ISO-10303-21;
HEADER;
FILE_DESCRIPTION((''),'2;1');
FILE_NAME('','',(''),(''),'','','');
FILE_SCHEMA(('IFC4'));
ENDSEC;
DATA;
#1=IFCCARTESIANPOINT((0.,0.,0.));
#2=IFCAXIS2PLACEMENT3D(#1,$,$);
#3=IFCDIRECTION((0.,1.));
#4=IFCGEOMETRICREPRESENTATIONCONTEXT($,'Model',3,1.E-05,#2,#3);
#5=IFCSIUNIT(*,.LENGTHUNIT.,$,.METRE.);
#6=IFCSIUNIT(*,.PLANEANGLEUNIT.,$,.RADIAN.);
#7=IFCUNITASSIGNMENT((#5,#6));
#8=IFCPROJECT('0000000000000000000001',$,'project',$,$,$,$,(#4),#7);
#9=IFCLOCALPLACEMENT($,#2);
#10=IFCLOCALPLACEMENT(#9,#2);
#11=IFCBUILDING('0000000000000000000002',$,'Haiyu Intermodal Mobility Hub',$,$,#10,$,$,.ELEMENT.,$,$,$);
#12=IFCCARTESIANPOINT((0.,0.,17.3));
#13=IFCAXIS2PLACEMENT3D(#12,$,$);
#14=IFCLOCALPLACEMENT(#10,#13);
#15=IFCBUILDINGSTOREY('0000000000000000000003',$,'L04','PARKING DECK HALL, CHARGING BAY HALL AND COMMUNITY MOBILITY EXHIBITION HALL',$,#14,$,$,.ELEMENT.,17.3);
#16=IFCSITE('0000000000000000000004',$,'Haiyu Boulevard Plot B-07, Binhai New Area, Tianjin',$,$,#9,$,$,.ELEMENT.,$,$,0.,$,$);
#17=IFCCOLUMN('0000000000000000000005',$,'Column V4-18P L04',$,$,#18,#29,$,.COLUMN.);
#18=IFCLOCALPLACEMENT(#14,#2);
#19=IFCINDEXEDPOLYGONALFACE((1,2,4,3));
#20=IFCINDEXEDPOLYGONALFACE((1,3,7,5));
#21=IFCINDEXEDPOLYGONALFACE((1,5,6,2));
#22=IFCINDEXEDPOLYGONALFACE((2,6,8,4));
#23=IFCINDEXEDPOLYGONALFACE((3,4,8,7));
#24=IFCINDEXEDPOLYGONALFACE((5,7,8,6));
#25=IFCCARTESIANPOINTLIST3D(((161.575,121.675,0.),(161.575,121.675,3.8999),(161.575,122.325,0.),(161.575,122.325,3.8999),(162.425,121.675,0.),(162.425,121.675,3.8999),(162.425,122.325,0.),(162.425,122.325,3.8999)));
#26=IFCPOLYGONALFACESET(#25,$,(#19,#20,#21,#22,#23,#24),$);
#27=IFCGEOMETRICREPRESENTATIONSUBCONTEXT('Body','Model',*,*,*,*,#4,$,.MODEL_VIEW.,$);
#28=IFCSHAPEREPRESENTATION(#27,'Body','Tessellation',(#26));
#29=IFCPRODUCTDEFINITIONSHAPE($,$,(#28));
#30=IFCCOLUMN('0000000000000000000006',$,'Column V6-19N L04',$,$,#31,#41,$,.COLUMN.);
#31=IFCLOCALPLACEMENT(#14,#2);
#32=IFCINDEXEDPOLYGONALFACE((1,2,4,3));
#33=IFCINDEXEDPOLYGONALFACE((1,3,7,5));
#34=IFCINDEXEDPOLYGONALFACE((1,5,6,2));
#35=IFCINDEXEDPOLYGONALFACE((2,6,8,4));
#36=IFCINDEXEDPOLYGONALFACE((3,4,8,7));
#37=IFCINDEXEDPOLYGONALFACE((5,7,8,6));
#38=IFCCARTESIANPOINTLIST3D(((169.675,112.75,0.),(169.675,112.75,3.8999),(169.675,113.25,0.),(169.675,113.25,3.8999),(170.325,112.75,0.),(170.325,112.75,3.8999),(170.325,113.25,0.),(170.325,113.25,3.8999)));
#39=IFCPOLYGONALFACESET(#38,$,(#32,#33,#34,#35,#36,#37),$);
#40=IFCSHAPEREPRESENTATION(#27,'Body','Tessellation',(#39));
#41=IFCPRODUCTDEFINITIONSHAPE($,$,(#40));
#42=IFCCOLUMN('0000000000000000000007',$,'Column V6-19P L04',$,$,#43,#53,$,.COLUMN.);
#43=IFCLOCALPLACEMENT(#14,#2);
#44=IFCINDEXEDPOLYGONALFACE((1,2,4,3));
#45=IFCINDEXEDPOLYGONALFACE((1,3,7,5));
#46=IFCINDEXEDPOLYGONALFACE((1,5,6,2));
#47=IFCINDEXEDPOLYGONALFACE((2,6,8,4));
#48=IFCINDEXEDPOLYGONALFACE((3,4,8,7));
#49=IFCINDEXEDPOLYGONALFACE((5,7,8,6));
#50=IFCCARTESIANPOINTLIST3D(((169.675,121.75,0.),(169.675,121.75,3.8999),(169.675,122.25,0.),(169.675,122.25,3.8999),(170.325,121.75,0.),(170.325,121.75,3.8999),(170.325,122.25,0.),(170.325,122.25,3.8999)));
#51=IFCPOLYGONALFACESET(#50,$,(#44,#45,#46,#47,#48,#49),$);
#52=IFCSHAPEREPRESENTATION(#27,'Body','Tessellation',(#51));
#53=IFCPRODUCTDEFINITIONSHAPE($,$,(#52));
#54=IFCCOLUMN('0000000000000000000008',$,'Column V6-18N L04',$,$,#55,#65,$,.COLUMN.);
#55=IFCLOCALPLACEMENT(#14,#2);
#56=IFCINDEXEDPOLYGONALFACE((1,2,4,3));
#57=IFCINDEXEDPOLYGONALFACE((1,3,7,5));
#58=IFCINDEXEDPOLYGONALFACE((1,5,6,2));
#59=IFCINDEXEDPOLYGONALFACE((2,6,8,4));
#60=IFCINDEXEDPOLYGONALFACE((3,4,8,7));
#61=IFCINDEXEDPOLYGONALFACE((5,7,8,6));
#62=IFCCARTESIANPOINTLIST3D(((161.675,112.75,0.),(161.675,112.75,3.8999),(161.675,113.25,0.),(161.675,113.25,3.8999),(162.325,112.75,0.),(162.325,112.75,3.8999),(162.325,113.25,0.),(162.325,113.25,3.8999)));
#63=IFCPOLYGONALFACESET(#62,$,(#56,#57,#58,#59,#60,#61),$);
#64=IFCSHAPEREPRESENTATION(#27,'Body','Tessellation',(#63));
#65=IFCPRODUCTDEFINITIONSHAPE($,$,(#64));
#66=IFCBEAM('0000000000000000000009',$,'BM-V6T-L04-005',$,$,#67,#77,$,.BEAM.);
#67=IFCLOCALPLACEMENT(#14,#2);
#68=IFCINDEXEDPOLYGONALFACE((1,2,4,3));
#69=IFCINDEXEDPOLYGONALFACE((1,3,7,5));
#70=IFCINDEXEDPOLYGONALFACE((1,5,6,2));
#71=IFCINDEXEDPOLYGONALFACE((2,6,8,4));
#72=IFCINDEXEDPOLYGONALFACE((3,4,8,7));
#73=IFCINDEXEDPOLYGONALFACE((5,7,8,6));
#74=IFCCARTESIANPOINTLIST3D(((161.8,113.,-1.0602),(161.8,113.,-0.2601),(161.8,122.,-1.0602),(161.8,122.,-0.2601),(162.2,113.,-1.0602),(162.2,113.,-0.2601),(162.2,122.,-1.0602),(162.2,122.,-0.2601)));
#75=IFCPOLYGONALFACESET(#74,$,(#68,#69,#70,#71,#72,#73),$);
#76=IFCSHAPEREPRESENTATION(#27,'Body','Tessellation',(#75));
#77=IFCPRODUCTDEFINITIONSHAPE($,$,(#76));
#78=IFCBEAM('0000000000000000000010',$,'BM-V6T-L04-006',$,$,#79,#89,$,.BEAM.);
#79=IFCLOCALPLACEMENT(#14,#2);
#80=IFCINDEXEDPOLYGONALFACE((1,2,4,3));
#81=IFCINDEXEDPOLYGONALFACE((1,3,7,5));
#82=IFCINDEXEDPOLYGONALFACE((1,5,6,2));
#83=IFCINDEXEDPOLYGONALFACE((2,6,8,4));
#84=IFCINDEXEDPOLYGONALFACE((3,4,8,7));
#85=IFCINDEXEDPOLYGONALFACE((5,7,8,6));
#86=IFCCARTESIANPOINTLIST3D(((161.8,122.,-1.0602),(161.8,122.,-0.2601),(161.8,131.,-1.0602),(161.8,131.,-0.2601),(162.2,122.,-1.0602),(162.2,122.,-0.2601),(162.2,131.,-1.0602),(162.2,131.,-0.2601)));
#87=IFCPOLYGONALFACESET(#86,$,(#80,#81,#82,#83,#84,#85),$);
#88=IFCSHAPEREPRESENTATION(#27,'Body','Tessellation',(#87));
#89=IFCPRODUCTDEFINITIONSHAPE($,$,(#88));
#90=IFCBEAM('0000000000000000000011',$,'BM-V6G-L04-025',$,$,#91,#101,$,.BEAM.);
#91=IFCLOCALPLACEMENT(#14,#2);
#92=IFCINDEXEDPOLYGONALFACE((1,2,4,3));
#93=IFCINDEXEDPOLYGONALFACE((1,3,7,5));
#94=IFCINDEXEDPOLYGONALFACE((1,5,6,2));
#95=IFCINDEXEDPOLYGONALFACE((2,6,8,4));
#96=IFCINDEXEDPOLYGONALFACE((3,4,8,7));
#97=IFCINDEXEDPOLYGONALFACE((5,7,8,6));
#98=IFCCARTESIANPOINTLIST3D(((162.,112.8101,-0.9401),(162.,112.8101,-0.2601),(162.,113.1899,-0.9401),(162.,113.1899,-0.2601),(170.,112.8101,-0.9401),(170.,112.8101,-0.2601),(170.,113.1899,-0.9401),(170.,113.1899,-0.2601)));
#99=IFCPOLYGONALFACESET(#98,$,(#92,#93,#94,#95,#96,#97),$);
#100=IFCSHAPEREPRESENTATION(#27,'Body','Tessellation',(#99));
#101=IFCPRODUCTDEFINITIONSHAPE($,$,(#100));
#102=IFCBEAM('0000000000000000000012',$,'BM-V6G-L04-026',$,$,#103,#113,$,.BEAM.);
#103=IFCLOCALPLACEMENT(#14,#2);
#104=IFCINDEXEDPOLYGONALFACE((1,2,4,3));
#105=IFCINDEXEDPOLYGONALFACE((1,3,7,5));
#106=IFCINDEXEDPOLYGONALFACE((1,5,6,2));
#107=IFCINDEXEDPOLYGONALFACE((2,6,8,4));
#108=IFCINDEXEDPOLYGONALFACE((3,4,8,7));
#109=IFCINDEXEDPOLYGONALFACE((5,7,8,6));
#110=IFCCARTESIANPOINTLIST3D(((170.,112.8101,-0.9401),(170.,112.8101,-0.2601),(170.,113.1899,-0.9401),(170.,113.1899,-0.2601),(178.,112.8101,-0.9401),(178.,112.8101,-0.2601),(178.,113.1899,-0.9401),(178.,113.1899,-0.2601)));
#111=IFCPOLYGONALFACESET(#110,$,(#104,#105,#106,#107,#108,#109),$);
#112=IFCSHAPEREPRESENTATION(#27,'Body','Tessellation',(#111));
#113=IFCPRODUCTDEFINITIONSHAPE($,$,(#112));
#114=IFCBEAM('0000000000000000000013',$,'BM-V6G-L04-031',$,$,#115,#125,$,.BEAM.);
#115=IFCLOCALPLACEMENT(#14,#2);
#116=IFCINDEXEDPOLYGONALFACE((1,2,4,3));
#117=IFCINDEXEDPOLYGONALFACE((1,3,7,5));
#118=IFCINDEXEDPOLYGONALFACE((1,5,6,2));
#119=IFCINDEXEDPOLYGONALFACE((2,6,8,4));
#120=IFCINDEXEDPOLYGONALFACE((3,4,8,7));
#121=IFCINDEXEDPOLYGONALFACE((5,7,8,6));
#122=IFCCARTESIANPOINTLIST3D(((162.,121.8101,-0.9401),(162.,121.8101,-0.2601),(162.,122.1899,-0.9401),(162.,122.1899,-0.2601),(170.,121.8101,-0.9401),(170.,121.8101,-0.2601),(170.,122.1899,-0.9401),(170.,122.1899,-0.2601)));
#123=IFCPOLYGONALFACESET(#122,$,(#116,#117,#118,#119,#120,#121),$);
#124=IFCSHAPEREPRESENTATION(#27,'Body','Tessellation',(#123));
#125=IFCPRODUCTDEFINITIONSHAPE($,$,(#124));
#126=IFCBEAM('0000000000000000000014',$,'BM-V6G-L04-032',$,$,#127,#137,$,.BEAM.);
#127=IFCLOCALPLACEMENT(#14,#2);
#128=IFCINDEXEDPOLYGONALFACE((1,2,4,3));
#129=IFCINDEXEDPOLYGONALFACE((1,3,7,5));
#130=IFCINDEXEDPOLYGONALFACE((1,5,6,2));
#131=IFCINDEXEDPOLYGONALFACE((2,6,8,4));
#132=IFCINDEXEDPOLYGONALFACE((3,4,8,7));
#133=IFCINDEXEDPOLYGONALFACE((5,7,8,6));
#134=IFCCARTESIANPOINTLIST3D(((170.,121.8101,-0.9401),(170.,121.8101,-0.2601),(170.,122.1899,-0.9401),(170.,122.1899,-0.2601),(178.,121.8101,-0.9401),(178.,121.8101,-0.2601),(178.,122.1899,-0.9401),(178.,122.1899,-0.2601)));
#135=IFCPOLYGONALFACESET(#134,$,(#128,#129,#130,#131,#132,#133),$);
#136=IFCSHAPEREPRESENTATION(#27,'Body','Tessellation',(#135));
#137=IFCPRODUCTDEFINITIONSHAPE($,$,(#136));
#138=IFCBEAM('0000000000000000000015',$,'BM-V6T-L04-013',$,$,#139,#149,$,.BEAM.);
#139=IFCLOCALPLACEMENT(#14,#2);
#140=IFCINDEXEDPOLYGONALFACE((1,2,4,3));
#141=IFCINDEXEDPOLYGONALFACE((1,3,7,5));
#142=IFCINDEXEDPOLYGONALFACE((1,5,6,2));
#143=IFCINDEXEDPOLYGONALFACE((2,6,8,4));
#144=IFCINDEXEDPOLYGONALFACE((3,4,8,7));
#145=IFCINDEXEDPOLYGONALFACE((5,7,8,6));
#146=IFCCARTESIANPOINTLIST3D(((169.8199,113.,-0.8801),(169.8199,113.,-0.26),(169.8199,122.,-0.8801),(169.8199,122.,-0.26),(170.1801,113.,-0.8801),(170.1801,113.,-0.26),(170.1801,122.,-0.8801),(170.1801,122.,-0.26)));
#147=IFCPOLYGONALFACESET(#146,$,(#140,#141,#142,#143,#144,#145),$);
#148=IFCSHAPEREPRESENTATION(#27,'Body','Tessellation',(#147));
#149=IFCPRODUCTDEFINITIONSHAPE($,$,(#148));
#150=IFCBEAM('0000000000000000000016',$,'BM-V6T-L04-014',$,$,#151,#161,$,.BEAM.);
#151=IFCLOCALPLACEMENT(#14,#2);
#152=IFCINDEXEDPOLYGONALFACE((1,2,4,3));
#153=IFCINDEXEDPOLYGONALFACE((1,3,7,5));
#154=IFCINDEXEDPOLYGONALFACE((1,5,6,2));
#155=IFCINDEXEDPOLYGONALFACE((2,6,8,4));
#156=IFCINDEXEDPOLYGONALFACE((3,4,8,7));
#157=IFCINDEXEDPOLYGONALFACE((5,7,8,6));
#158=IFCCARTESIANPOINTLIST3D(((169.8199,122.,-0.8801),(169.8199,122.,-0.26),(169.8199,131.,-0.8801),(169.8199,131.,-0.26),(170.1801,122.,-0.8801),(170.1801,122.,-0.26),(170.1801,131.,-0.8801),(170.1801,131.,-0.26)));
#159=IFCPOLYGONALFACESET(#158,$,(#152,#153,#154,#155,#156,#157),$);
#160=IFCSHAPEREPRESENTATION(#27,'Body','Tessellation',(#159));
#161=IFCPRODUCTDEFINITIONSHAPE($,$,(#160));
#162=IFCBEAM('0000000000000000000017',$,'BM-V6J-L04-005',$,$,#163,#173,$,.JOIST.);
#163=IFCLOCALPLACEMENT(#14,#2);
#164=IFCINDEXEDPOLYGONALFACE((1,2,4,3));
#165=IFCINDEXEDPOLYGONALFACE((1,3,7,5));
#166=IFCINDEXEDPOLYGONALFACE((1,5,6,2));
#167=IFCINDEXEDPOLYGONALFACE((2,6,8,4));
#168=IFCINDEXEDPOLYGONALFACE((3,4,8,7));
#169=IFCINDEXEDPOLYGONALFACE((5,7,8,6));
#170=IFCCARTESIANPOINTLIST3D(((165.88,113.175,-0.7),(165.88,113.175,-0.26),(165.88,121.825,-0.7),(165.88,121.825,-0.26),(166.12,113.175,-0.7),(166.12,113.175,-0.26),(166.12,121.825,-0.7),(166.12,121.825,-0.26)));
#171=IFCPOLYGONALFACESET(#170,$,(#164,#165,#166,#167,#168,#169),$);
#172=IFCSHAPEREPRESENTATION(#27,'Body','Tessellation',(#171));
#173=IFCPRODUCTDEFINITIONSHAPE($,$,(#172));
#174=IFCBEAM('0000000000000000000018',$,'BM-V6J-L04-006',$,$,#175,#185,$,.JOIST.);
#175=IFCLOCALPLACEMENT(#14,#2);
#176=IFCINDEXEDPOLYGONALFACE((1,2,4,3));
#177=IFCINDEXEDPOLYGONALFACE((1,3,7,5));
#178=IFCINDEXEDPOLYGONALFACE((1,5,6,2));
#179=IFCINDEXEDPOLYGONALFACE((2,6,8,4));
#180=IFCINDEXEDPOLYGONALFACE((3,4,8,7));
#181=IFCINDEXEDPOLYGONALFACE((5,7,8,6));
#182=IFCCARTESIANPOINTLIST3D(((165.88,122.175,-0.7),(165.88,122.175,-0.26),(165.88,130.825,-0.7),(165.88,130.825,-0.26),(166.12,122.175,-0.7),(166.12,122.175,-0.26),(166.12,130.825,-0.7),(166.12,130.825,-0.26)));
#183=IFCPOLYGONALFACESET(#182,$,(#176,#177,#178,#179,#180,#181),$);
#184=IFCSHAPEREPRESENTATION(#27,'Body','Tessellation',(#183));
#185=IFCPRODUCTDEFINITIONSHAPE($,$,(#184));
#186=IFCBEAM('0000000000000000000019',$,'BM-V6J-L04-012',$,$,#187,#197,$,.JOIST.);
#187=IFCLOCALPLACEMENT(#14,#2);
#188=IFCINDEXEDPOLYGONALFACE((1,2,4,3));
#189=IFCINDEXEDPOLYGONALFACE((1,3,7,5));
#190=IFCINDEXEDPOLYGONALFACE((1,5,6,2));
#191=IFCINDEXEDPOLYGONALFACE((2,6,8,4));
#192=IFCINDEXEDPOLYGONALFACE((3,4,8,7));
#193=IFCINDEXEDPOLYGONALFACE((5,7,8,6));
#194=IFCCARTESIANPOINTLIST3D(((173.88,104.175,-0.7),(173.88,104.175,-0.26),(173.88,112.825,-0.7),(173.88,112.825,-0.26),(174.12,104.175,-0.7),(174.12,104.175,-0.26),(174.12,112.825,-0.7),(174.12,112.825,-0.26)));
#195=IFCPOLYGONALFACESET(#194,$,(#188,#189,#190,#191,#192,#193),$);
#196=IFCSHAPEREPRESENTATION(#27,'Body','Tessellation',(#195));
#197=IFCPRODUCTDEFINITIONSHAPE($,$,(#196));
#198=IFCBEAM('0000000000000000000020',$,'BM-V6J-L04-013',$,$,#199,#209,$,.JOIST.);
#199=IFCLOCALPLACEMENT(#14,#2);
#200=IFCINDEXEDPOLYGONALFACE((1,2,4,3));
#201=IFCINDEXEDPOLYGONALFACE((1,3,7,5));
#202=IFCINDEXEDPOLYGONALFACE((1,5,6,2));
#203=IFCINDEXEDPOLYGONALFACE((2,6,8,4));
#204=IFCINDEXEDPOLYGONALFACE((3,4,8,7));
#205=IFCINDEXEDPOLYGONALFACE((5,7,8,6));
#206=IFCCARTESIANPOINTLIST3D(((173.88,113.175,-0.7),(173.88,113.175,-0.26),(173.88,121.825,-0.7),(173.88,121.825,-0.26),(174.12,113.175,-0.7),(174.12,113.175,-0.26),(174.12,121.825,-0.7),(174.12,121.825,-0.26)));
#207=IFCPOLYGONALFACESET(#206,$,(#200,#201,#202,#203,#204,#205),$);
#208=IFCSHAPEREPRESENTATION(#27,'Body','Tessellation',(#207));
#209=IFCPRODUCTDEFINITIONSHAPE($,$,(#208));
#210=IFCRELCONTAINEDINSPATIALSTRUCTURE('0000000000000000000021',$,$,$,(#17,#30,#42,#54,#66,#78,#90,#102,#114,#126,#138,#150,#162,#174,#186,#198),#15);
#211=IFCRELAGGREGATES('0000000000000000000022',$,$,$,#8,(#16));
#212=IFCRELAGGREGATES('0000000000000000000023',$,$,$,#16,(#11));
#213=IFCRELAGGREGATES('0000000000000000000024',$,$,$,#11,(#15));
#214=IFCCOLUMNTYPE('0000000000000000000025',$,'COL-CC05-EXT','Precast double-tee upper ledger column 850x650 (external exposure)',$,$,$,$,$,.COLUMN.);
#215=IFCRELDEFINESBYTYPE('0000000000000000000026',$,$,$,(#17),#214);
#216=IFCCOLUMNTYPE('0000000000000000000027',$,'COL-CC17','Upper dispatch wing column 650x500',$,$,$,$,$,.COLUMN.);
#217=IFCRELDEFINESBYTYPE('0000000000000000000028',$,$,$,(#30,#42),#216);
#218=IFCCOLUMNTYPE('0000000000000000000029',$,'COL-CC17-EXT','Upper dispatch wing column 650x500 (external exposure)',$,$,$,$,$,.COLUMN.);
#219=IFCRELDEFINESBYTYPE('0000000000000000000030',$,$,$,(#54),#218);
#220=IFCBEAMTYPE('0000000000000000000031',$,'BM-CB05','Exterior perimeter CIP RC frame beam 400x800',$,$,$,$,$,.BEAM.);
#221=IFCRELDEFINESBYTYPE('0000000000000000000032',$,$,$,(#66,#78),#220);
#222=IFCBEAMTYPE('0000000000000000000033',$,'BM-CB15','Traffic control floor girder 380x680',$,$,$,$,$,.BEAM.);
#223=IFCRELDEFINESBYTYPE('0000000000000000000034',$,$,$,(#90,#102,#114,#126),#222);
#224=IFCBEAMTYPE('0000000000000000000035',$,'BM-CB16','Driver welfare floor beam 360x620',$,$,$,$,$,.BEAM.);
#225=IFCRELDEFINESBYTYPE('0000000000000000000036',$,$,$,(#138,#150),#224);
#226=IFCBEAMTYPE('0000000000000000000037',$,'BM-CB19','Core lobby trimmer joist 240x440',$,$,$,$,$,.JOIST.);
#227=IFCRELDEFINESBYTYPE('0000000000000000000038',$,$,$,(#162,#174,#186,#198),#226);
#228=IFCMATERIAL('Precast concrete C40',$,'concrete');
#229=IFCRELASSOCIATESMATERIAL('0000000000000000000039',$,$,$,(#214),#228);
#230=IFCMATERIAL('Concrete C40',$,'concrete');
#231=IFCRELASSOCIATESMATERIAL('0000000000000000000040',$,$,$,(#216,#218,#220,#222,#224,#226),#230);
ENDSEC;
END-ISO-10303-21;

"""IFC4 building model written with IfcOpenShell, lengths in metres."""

from ifc_helpers import new_model, si_unit, direction, frame, origin, origin_2d, place, context, subcontext, project, spatial, rectangle, extrude, material, material_profile, profile_set, type_object, element, save


model = new_model("IFC4")

# Units and contexts
model_context = context("Model", 3, precision=1e-05, world=origin(), true_north=direction((0.0, 1.0)))
body_context = subcontext(model_context, "Body", "Model", "MODEL_VIEW")
ifc_project = project(units=[si_unit("LENGTHUNIT", "METRE"), si_unit("PLANEANGLEUNIT", "RADIAN")], contexts=[model_context])

# Site, building, storey
site_placement = place(None, origin())
site = spatial("IfcSite", under=ifc_project, at=site_placement, Name="Haiyu Boulevard Plot B-07, Binhai New Area, Tianjin", CompositionType="ELEMENT", RefElevation=0.0)
building_placement = place(site_placement, origin())
building = spatial("IfcBuilding", under=site, at=building_placement, Name="Haiyu Intermodal Mobility Hub", CompositionType="ELEMENT")
storey_placement = place(building_placement, frame((0.0, 0.0, 17.3)))
storey = spatial("IfcBuildingStorey", under=building, at=storey_placement, Name="L04", Description="PARKING DECK HALL, CHARGING BAY HALL AND COMMUNITY MOBILITY EXHIBITION HALL", CompositionType="ELEMENT", Elevation=17.3)

# Columns
ifc_material_1 = material(Name="Precast concrete C40", Category="concrete")
ifc_material_profile_1 = material_profile(ifc_material_1, rectangle(XDim=0.8501, YDim=0.6499, at=origin_2d()), Name="RC850x650")
ifc_profile_set_1 = profile_set([ifc_material_profile_1], Name="Precast concrete C40")
column_type_1 = type_object("IfcColumnType", Name="COL-CC05-EXT", Description="Precast double-tee upper ledger column 850x650 (external exposure)", PredefinedType="COLUMN", material=ifc_profile_set_1)
column_1_placement = place(storey_placement, frame((162.0, 122.0, 0.0), z_axis=(0.0, 0.0, 1.0), x_axis=(1.0, 0.0, 0.0)))
element("IfcColumn", 1, at=column_1_placement, inside=storey, type_object=column_type_1, Name="Column V4-18P L04", PredefinedType="COLUMN", context=body_context, shape_type="SweptSolid", body=[
    extrude(rectangle(XDim=0.8501, YDim=0.6499, at=origin_2d()), origin(), (0.0, 0.0, 1.0), 3.8999),
])
ifc_material_2 = material(Name="Concrete C40", Category="concrete")
ifc_material_profile_2 = material_profile(ifc_material_2, rectangle(XDim=0.6499, YDim=0.5, at=origin_2d()), Name="C650x500")
ifc_profile_set_2 = profile_set([ifc_material_profile_2], Name="Concrete C40")
column_type_2 = type_object("IfcColumnType", Name="COL-CC17", Description="Upper dispatch wing column 650x500", PredefinedType="COLUMN", material=ifc_profile_set_2)
for number, where, z_axis, x_axis, name in (
    (2, (170.0, 113.0, 0.0), (0.0, 0.0, 1.0), (1.0, 0.0, 0.0), "Column V6-19N L04"),
    (3, (170.0, 122.0, 0.0), (0.0, 0.0, 1.0), (1.0, 0.0, 0.0), "Column V6-19P L04"),
):
    element("IfcColumn", number, at=place(storey_placement, frame(where, z_axis=z_axis, x_axis=x_axis)), inside=storey, type_object=column_type_2, Name=name, PredefinedType="COLUMN", context=body_context, shape_type="SweptSolid", body=[
        extrude(rectangle(XDim=0.6499, YDim=0.5, at=origin_2d()), origin(), (0.0, 0.0, 1.0), 3.8999),
    ])
ifc_material_profile_3 = material_profile(ifc_material_2, rectangle(XDim=0.6499, YDim=0.5, at=origin_2d()), Name="C650x500")
ifc_profile_set_3 = profile_set([ifc_material_profile_3], Name="Concrete C40")
column_type_3 = type_object("IfcColumnType", Name="COL-CC17-EXT", Description="Upper dispatch wing column 650x500 (external exposure)", PredefinedType="COLUMN", material=ifc_profile_set_3)
column_2_placement = place(storey_placement, frame((162.0, 113.0, 0.0), z_axis=(0.0, 0.0, 1.0), x_axis=(1.0, 0.0, 0.0)))
element("IfcColumn", 4, at=column_2_placement, inside=storey, type_object=column_type_3, Name="Column V6-18N L04", PredefinedType="COLUMN", context=body_context, shape_type="SweptSolid", body=[
    extrude(rectangle(XDim=0.6499, YDim=0.5, at=origin_2d()), origin(), (0.0, 0.0, 1.0), 3.8999),
])

# Beams
ifc_material_profile_4 = material_profile(ifc_material_2, rectangle(XDim=0.3999, YDim=0.8, at=origin_2d()), Name="RCB400x800")
ifc_profile_set_4 = profile_set([ifc_material_profile_4], Name="Concrete C40")
beam_type_1 = type_object("IfcBeamType", Name="BM-CB05", Description="Exterior perimeter CIP RC frame beam 400x800", PredefinedType="BEAM", material=ifc_profile_set_4)
for number, where, z_axis, x_axis, name in (
    (5, (162.0, 113.0, -0.6602), (0.0, 1.0, 0.0), (-1.0, 0.0, 0.0), "BM-V6T-L04-005"),
    (6, (162.0, 122.0, -0.6602), (0.0, 1.0, 0.0), (-1.0, 0.0, 0.0), "BM-V6T-L04-006"),
):
    element("IfcBeam", number, at=place(storey_placement, frame(where, z_axis=z_axis, x_axis=x_axis)), inside=storey, type_object=beam_type_1, Name=name, PredefinedType="BEAM", context=body_context, shape_type="SweptSolid", body=[
        extrude(rectangle(XDim=0.3999, YDim=0.8, at=origin_2d()), origin(), (0.0, 0.0, 1.0), 9.0),
    ])
ifc_material_profile_5 = material_profile(ifc_material_2, rectangle(XDim=0.3799, YDim=0.6799, at=origin_2d()), Name="B380x680")
ifc_profile_set_5 = profile_set([ifc_material_profile_5], Name="Concrete C40")
beam_type_2 = type_object("IfcBeamType", Name="BM-CB15", Description="Traffic control floor girder 380x680", PredefinedType="BEAM", material=ifc_profile_set_5)
for number, where, z_axis, x_axis, name in (
    (7, (162.0, 113.0, -0.6001), (1.0, 0.0, 0.0), (0.0, 1.0, 0.0), "BM-V6G-L04-025"),
    (8, (170.0, 113.0, -0.6001), (1.0, 0.0, 0.0), (0.0, 1.0, 0.0), "BM-V6G-L04-026"),
    (9, (162.0, 122.0, -0.6001), (1.0, 0.0, 0.0), (0.0, 1.0, 0.0), "BM-V6G-L04-031"),
    (10, (170.0, 122.0, -0.6001), (1.0, 0.0, 0.0), (0.0, 1.0, 0.0), "BM-V6G-L04-032"),
):
    element("IfcBeam", number, at=place(storey_placement, frame(where, z_axis=z_axis, x_axis=x_axis)), inside=storey, type_object=beam_type_2, Name=name, PredefinedType="BEAM", context=body_context, shape_type="SweptSolid", body=[
        extrude(rectangle(XDim=0.3799, YDim=0.6799, at=origin_2d()), origin(), (0.0, 0.0, 1.0), 8.0),
    ])
ifc_material_profile_6 = material_profile(ifc_material_2, rectangle(XDim=0.3601, YDim=0.6201, at=origin_2d()), Name="B360x620")
ifc_profile_set_6 = profile_set([ifc_material_profile_6], Name="Concrete C40")
beam_type_3 = type_object("IfcBeamType", Name="BM-CB16", Description="Driver welfare floor beam 360x620", PredefinedType="BEAM", material=ifc_profile_set_6)
for number, where, z_axis, x_axis, name in (
    (11, (170.0, 113.0, -0.5701), (0.0, 1.0, 0.0), (-1.0, 0.0, 0.0), "BM-V6T-L04-013"),
    (12, (170.0, 122.0, -0.5701), (0.0, 1.0, 0.0), (-1.0, 0.0, 0.0), "BM-V6T-L04-014"),
):
    element("IfcBeam", number, at=place(storey_placement, frame(where, z_axis=z_axis, x_axis=x_axis)), inside=storey, type_object=beam_type_3, Name=name, PredefinedType="BEAM", context=body_context, shape_type="SweptSolid", body=[
        extrude(rectangle(XDim=0.3601, YDim=0.6201, at=origin_2d()), origin(), (0.0, 0.0, 1.0), 9.0),
    ])
ifc_material_profile_7 = material_profile(ifc_material_2, rectangle(XDim=0.24, YDim=0.4399, at=origin_2d()), Name="B240x440")
ifc_profile_set_7 = profile_set([ifc_material_profile_7], Name="Concrete C40")
beam_type_4 = type_object("IfcBeamType", Name="BM-CB19", Description="Core lobby trimmer joist 240x440", PredefinedType="JOIST", material=ifc_profile_set_7)
for number, where, z_axis, x_axis, name in (
    (13, (166.0, 113.175, -0.48), (0.0, 1.0, 0.0), (-1.0, 0.0, 0.0), "BM-V6J-L04-005"),
    (14, (166.0, 122.175, -0.48), (0.0, 1.0, 0.0), (-1.0, 0.0, 0.0), "BM-V6J-L04-006"),
    (15, (174.0, 104.175, -0.48), (0.0, 1.0, 0.0), (-1.0, 0.0, 0.0), "BM-V6J-L04-012"),
    (16, (174.0, 113.175, -0.48), (0.0, 1.0, 0.0), (-1.0, 0.0, 0.0), "BM-V6J-L04-013"),
):
    element("IfcBeam", number, at=place(storey_placement, frame(where, z_axis=z_axis, x_axis=x_axis)), inside=storey, type_object=beam_type_4, Name=name, PredefinedType="JOIST", context=body_context, shape_type="SweptSolid", body=[
        extrude(rectangle(XDim=0.24, YDim=0.4399, at=origin_2d()), origin(), (0.0, 0.0, 1.0), 8.6499),
    ])

save(model, "model.ifc")
